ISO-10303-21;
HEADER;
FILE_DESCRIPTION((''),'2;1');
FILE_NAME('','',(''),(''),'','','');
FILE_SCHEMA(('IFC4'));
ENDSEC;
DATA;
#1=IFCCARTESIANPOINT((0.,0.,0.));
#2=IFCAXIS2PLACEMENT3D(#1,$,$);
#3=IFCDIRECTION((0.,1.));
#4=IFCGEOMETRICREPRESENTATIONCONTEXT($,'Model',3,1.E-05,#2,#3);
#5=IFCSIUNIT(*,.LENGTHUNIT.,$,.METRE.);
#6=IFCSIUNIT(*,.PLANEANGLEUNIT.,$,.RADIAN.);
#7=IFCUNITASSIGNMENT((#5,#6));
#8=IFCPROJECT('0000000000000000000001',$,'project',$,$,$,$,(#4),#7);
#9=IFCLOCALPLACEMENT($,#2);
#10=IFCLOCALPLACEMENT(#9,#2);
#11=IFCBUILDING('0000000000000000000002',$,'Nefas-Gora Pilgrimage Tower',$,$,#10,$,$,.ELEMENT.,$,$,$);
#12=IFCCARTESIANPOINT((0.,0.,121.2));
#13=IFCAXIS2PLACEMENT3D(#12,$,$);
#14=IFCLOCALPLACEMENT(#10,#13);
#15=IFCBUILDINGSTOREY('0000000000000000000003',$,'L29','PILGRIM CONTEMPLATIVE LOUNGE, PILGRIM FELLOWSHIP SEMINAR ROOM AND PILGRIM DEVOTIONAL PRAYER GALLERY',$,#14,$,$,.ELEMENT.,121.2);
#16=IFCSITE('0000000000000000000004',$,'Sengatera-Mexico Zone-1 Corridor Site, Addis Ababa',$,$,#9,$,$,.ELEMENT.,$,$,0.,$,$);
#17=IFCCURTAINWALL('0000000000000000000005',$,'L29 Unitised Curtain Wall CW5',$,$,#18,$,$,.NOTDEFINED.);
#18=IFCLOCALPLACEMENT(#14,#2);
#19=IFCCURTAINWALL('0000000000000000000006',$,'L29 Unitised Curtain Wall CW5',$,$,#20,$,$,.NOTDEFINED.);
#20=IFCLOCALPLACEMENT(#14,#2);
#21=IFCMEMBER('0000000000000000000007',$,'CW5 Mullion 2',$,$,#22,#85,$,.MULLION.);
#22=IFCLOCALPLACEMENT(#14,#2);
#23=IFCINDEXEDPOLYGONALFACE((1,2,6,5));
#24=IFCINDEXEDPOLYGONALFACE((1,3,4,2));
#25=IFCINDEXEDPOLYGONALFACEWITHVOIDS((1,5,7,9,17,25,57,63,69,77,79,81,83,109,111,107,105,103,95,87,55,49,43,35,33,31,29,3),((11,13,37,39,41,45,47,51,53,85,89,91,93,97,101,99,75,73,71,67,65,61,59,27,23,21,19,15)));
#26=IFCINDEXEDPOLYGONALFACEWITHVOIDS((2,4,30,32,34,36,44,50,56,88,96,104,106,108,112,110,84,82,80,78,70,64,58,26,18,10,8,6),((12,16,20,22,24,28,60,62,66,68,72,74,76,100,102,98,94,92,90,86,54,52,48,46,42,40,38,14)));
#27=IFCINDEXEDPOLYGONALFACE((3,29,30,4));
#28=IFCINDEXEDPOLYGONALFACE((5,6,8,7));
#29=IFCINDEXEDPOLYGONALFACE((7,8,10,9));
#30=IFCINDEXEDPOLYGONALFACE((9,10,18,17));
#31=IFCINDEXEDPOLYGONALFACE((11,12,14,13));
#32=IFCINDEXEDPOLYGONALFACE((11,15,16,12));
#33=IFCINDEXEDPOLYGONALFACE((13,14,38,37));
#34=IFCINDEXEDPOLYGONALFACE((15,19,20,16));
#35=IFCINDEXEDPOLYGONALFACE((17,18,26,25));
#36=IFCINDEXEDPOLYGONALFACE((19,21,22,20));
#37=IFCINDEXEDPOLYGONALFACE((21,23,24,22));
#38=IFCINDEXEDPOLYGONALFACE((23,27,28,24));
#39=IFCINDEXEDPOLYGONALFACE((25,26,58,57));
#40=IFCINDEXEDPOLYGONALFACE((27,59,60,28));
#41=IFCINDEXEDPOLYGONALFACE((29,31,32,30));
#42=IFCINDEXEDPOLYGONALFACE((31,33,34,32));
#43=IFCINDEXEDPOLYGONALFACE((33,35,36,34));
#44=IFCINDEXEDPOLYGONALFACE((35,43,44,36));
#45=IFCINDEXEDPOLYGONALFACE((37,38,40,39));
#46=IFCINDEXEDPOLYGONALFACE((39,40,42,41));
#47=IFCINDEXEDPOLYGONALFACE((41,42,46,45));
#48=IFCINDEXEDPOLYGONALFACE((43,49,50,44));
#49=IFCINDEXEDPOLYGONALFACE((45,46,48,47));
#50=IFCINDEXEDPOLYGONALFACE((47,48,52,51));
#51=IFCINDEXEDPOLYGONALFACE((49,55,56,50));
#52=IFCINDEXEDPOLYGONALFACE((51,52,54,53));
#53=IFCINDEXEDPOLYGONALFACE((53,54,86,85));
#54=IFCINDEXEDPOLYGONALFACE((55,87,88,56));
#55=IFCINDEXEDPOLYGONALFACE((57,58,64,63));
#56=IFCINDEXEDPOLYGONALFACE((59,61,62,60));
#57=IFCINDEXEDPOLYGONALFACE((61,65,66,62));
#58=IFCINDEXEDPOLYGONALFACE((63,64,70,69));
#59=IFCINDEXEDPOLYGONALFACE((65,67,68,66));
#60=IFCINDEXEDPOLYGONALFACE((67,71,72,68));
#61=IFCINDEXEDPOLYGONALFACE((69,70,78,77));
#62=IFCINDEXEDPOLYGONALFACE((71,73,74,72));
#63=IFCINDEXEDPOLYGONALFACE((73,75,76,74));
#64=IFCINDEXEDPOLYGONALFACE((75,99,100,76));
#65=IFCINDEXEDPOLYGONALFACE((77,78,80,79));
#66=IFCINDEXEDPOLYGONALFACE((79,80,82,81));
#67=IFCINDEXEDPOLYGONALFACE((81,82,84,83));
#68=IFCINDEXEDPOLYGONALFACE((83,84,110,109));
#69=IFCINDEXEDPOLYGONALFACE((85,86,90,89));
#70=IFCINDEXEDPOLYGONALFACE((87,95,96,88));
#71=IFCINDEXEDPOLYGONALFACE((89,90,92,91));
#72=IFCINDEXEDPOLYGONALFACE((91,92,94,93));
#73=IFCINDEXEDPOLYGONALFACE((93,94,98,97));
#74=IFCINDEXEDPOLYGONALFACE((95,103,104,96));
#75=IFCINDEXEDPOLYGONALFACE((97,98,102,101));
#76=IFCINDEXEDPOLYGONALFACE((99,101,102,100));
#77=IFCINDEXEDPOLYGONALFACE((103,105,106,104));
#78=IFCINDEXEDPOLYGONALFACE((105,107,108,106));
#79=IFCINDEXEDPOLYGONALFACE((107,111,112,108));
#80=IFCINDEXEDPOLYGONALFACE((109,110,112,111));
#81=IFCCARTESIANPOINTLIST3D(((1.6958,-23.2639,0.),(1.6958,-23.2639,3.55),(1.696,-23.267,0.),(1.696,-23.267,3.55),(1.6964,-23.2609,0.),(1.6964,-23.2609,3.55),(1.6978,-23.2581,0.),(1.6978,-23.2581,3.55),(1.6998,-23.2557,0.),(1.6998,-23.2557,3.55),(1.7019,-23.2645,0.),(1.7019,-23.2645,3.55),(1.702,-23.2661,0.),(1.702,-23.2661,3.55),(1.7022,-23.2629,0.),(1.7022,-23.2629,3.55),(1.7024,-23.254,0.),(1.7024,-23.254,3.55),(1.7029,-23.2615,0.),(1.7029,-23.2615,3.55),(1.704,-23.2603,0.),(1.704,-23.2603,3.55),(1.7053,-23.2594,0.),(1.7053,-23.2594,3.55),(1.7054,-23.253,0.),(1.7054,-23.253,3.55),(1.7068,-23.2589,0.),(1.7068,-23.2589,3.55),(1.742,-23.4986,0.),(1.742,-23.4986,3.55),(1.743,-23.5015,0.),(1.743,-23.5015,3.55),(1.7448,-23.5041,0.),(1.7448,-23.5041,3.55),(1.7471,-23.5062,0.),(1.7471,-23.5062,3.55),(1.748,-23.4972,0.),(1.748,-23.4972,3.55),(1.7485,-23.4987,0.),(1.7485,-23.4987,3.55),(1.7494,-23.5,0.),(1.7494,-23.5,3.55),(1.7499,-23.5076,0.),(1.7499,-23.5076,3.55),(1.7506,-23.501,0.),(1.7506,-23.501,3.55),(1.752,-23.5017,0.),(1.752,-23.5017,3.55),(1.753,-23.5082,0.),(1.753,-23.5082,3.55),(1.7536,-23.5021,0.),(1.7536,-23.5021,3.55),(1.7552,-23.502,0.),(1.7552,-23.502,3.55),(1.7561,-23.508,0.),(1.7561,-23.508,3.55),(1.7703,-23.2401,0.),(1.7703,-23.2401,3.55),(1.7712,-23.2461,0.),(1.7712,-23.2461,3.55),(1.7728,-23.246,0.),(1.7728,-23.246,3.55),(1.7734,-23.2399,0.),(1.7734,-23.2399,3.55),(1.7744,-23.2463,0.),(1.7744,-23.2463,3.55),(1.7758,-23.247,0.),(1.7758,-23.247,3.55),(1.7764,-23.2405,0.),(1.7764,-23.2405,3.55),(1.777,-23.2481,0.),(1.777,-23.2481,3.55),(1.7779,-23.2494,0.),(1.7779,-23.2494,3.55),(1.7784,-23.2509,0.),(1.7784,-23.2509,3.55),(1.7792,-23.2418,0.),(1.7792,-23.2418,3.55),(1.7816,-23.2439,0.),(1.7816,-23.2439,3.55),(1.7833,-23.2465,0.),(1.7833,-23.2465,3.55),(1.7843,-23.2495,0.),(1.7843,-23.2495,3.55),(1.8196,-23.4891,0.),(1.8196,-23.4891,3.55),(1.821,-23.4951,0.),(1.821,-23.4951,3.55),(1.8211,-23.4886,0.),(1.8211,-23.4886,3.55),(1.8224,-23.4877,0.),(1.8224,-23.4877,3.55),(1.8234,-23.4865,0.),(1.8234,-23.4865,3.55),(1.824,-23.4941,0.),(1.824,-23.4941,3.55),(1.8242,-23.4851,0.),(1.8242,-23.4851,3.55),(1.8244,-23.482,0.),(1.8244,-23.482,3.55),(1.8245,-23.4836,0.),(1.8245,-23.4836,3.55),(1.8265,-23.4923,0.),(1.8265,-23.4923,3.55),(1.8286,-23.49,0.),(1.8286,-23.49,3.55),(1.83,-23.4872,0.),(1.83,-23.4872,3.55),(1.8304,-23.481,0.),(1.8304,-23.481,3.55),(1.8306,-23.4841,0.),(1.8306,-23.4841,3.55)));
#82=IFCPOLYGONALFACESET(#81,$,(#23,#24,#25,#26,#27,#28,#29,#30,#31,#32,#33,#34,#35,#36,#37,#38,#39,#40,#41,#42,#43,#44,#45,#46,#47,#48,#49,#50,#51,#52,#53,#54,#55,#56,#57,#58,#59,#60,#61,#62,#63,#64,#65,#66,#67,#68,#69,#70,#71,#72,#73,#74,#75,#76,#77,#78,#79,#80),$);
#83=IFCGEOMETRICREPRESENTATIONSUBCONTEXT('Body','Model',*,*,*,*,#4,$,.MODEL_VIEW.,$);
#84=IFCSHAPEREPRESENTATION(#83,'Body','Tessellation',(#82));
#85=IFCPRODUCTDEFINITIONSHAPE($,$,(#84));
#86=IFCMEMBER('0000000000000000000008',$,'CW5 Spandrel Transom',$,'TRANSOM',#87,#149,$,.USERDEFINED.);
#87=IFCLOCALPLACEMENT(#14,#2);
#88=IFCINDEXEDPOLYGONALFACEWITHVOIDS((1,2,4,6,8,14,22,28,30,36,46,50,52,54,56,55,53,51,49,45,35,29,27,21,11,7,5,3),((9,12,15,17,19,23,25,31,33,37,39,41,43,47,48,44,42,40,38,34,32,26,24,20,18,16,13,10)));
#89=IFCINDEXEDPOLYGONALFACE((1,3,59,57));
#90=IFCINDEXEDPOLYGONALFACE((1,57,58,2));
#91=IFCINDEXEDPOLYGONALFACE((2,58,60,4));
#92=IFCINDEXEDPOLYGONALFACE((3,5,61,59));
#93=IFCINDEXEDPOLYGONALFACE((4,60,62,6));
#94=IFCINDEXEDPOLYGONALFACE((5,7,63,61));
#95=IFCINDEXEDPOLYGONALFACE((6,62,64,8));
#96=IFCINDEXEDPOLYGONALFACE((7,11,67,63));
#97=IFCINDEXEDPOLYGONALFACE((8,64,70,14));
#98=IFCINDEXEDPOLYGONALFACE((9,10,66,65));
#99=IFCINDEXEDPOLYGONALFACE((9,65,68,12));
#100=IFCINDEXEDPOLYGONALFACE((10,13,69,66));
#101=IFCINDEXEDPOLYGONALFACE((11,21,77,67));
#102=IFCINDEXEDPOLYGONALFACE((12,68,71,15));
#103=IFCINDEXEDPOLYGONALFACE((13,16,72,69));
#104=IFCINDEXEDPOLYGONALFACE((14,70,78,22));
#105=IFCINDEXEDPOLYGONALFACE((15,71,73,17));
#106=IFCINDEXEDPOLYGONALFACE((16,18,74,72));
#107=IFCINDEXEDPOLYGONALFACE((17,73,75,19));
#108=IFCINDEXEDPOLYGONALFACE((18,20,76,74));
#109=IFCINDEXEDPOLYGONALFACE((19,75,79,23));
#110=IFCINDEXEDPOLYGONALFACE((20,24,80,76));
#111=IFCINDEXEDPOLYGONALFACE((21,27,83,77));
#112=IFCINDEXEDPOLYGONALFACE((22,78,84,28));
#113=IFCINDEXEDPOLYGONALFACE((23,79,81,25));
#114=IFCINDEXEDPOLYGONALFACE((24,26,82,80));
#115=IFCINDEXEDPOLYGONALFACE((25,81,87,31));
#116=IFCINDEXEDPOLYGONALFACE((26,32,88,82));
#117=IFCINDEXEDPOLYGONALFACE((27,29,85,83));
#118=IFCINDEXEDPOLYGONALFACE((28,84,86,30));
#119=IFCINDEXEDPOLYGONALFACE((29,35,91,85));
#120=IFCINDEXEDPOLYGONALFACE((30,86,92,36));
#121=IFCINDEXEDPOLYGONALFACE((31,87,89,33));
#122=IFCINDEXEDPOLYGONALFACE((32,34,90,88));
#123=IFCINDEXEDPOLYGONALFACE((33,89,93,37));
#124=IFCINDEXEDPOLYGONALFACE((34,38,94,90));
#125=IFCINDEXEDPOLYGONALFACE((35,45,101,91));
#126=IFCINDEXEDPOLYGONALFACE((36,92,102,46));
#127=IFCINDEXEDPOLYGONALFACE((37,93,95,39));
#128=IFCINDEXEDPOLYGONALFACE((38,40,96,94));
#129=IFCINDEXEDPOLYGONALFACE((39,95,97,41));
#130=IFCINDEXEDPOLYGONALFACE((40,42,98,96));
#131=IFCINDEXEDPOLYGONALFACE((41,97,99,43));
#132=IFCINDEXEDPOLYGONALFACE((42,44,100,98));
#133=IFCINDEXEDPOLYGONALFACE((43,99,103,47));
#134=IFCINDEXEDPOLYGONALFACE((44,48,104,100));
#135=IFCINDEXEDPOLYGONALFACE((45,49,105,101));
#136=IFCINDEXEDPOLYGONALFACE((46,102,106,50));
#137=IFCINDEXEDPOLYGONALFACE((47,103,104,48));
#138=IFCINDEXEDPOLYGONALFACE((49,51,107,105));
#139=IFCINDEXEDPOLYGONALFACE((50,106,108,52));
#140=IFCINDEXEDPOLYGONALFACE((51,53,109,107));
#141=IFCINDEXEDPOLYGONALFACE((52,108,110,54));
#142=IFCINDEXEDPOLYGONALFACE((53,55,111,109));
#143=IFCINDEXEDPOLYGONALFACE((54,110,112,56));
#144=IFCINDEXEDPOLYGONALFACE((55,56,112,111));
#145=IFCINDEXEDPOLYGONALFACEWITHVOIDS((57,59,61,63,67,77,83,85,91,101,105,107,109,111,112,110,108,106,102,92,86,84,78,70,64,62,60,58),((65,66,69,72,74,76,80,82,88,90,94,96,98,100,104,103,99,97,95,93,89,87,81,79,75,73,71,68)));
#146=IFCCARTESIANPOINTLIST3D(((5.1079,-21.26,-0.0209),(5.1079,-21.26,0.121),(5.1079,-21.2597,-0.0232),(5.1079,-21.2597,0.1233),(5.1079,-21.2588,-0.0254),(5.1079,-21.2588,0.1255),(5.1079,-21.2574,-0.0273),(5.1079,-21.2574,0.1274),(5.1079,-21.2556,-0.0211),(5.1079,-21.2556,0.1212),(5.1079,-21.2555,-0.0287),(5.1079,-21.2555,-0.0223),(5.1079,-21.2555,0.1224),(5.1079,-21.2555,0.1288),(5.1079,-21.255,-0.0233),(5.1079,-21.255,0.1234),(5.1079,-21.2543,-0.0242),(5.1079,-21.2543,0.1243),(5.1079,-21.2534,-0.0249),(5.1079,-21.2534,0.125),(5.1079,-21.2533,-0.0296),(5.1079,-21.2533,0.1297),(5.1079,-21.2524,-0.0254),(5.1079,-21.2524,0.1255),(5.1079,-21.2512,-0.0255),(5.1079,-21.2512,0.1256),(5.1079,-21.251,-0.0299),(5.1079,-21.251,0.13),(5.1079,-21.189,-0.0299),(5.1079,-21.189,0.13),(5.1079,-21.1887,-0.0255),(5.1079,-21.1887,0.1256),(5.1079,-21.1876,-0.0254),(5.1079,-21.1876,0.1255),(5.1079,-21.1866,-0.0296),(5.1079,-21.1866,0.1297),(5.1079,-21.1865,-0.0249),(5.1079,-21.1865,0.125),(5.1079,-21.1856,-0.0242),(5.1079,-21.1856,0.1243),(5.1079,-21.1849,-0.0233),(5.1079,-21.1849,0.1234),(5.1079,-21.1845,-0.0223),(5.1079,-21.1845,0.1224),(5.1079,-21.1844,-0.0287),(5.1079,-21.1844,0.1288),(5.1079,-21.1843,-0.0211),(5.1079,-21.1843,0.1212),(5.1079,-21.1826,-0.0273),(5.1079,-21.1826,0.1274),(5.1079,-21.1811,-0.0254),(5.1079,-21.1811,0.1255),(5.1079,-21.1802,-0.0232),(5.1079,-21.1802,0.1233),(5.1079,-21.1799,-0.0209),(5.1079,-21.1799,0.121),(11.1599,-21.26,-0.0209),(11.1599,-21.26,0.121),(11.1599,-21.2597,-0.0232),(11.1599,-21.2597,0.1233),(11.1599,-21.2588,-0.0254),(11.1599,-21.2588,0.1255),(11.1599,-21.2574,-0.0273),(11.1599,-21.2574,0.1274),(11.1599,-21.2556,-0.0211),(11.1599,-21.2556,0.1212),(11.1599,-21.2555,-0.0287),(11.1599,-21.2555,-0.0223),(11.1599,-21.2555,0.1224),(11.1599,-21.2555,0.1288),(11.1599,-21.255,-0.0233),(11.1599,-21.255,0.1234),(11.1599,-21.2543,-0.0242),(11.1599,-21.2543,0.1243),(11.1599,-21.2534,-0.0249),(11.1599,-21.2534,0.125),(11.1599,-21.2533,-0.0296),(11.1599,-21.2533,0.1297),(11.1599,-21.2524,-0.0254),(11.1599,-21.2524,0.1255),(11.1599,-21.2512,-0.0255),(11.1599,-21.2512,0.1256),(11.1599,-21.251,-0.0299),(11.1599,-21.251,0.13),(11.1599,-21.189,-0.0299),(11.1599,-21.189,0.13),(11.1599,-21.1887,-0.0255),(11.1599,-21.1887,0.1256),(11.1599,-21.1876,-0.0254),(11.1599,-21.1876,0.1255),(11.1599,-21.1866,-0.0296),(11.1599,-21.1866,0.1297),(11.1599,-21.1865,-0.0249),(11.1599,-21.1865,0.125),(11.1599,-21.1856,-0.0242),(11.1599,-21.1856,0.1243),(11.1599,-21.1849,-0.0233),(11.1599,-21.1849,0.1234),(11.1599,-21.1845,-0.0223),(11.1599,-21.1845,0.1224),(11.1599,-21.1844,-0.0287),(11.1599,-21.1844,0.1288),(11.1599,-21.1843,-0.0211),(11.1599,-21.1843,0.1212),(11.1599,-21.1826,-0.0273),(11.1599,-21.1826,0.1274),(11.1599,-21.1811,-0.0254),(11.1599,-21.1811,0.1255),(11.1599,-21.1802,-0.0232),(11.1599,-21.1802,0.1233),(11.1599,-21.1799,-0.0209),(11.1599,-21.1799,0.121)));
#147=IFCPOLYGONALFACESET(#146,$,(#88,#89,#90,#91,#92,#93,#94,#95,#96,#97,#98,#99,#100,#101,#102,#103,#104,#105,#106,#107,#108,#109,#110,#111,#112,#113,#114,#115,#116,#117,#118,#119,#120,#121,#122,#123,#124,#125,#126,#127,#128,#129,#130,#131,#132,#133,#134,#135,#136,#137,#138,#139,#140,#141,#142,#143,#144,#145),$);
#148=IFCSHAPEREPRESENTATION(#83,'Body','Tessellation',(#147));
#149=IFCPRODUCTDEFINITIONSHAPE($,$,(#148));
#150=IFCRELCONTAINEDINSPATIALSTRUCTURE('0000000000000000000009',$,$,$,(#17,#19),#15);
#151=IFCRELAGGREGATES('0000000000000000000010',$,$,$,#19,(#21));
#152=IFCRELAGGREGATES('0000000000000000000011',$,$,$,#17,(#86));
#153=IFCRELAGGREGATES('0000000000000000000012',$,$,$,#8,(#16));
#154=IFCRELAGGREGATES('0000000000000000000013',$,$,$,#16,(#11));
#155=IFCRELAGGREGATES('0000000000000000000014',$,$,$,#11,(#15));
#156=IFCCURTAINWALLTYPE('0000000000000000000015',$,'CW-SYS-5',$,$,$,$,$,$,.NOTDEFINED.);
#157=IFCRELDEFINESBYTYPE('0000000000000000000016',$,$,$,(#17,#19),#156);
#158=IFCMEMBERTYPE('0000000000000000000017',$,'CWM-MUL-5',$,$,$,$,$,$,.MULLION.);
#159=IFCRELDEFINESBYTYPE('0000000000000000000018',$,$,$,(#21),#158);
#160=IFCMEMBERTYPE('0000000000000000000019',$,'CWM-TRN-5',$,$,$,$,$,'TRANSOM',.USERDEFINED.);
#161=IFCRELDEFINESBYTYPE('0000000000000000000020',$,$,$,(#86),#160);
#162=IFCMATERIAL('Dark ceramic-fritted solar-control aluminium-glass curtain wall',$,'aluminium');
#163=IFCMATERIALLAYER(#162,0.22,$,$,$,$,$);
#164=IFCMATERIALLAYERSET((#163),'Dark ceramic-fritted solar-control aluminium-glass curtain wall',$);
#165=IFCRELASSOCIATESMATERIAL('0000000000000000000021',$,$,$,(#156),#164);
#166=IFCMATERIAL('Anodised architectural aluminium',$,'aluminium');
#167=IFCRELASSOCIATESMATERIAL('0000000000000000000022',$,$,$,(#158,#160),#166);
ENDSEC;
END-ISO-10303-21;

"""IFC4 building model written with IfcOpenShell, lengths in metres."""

from ifc_helpers import new_model, si_unit, direction, frame, origin, origin_2d, place, context, subcontext, project, spatial, hollow_rectangle, extrude, source, transform, mapped, material, layer, layer_set, material_profile, profile_set, type_object, element, aggregate, save


model = new_model("IFC4")

# Units and contexts
model_context = context("Model", 3, precision=1e-05, world=origin(), true_north=direction((0.0, 1.0)))
body_context = subcontext(model_context, "Body", "Model", "MODEL_VIEW")
ifc_project = project(units=[si_unit("LENGTHUNIT", "METRE"), si_unit("PLANEANGLEUNIT", "RADIAN")], contexts=[model_context])

# Site, building, storey
site_placement = place(None, origin())
site = spatial("IfcSite", under=ifc_project, at=site_placement, Name="Sengatera-Mexico Zone-1 Corridor Site, Addis Ababa", CompositionType="ELEMENT", RefElevation=0.0)
building_placement = place(site_placement, origin())
building = spatial("IfcBuilding", under=site, at=building_placement, Name="Nefas-Gora Pilgrimage Tower", CompositionType="ELEMENT")
storey_placement = place(building_placement, frame((0.0, 0.0, 121.2)))
storey = spatial("IfcBuildingStorey", under=building, at=storey_placement, Name="L29", Description="PILGRIM CONTEMPLATIVE LOUNGE, PILGRIM FELLOWSHIP SEMINAR ROOM AND PILGRIM DEVOTIONAL PRAYER GALLERY", CompositionType="ELEMENT", Elevation=121.2)

# Curtain wall
ifc_material_1 = material(Name="Dark ceramic-fritted solar-control aluminium-glass curtain wall", Category="aluminium")
ifc_layer_1 = layer(ifc_material_1, 0.22)
ifc_layer_set_1 = layer_set([ifc_layer_1], Name="Dark ceramic-fritted solar-control aluminium-glass curtain wall")
curtain_wall_type_1 = type_object("IfcCurtainWallType", Name="CW-SYS-5", PredefinedType="NOTDEFINED", material=ifc_layer_set_1)
curtain_wall_1_placement = place(storey_placement, origin())
curtain_wall_1 = element("IfcCurtainWall", 1, at=curtain_wall_1_placement, inside=storey, type_object=curtain_wall_type_1, Name="L29 Unitised Curtain Wall CW5", PredefinedType="NOTDEFINED")
ifc_material_2 = material(Name="Anodised architectural aluminium", Category="aluminium")
ifc_material_profile_1 = material_profile(ifc_material_2, hollow_rectangle(XDim=0.0901, YDim=0.26, WallThickness=0.0061, InnerFilletRadius=0.0061, OuterFilletRadius=0.012, at=origin_2d()), Name="ALU MULLION 90x260")
ifc_profile_set_1 = profile_set([ifc_material_profile_1], Name="Anodised architectural aluminium")
member_type_1 = type_object("IfcMemberType", Name="CWM-MUL-5", PredefinedType="MULLION", material=ifc_profile_set_1)
shared_shape_1 = source(origin(), body_context, "Body", "SweptSolid", [
    extrude(hollow_rectangle(XDim=0.0901, YDim=0.26, WallThickness=0.0061, InnerFilletRadius=0.0061, OuterFilletRadius=0.012, at=origin_2d()), origin(), (0.0, 0.0, 1.0), 3.55),
])

# Curtain wall, member
curtain_wall_2_placement = place(storey_placement, origin())
curtain_wall_2 = element("IfcCurtainWall", 2, at=curtain_wall_2_placement, inside=storey, type_object=curtain_wall_type_1, Name="L29 Unitised Curtain Wall CW5", PredefinedType="NOTDEFINED")
member_1_placement = place(storey_placement, frame((1.7632, -23.374, 0.0), z_axis=(0.0, 0.0, 1.0), x_axis=(0.980783, 0.195102, 0.0)))
member_1 = element("IfcMember", 3, at=member_1_placement, type_object=member_type_1, Name="CW5 Mullion 2", PredefinedType="MULLION", context=body_context, shape_type="MappedRepresentation", body=[
    mapped(shared_shape_1, transform((0.0, 0.0, 0.0), x_axis=(1.0, 0.0, 0.0), y_axis=(0.0, 1.0, 0.0), z_axis=(0.0, 0.0, 1.0), scale=1.0)),
])
aggregate(curtain_wall_2, [member_1])

# Member
ifc_material_profile_2 = material_profile(ifc_material_2, hollow_rectangle(XDim=0.0801, YDim=0.1599, WallThickness=0.0044, InnerFilletRadius=0.0044, OuterFilletRadius=0.009, at=origin_2d()), Name="ALU TRANSOM 80x160")
ifc_profile_set_2 = profile_set([ifc_material_profile_2], Name="Anodised architectural aluminium")
member_type_2 = type_object("IfcMemberType", Name="CWM-TRN-5", ElementType="TRANSOM", PredefinedType="USERDEFINED", material=ifc_profile_set_2)
shared_shape_2 = source(origin(), body_context, "Body", "SweptSolid", [
    extrude(hollow_rectangle(XDim=0.0801, YDim=0.1599, WallThickness=0.0044, InnerFilletRadius=0.0044, OuterFilletRadius=0.009, at=origin_2d()), origin(), (0.0, 0.0, 1.0), 6.052),
])
member_2_placement = place(storey_placement, frame((5.1079, -21.22, 0.05), z_axis=(1.0, 0.0, 0.0), x_axis=(0.0, 1.0, 0.0)))
member_2 = element("IfcMember", 4, at=member_2_placement, type_object=member_type_2, Name="CW5 Spandrel Transom", ObjectType="TRANSOM", PredefinedType="USERDEFINED", context=body_context, shape_type="MappedRepresentation", body=[
    mapped(shared_shape_2, transform((0.0, 0.0, 0.0), x_axis=(1.0, 0.0, 0.0), y_axis=(0.0, 1.0, 0.0), z_axis=(0.0, 0.0, 1.0), scale=1.0)),
])

aggregate(curtain_wall_1, [member_2])

save(model, "model.ifc")
